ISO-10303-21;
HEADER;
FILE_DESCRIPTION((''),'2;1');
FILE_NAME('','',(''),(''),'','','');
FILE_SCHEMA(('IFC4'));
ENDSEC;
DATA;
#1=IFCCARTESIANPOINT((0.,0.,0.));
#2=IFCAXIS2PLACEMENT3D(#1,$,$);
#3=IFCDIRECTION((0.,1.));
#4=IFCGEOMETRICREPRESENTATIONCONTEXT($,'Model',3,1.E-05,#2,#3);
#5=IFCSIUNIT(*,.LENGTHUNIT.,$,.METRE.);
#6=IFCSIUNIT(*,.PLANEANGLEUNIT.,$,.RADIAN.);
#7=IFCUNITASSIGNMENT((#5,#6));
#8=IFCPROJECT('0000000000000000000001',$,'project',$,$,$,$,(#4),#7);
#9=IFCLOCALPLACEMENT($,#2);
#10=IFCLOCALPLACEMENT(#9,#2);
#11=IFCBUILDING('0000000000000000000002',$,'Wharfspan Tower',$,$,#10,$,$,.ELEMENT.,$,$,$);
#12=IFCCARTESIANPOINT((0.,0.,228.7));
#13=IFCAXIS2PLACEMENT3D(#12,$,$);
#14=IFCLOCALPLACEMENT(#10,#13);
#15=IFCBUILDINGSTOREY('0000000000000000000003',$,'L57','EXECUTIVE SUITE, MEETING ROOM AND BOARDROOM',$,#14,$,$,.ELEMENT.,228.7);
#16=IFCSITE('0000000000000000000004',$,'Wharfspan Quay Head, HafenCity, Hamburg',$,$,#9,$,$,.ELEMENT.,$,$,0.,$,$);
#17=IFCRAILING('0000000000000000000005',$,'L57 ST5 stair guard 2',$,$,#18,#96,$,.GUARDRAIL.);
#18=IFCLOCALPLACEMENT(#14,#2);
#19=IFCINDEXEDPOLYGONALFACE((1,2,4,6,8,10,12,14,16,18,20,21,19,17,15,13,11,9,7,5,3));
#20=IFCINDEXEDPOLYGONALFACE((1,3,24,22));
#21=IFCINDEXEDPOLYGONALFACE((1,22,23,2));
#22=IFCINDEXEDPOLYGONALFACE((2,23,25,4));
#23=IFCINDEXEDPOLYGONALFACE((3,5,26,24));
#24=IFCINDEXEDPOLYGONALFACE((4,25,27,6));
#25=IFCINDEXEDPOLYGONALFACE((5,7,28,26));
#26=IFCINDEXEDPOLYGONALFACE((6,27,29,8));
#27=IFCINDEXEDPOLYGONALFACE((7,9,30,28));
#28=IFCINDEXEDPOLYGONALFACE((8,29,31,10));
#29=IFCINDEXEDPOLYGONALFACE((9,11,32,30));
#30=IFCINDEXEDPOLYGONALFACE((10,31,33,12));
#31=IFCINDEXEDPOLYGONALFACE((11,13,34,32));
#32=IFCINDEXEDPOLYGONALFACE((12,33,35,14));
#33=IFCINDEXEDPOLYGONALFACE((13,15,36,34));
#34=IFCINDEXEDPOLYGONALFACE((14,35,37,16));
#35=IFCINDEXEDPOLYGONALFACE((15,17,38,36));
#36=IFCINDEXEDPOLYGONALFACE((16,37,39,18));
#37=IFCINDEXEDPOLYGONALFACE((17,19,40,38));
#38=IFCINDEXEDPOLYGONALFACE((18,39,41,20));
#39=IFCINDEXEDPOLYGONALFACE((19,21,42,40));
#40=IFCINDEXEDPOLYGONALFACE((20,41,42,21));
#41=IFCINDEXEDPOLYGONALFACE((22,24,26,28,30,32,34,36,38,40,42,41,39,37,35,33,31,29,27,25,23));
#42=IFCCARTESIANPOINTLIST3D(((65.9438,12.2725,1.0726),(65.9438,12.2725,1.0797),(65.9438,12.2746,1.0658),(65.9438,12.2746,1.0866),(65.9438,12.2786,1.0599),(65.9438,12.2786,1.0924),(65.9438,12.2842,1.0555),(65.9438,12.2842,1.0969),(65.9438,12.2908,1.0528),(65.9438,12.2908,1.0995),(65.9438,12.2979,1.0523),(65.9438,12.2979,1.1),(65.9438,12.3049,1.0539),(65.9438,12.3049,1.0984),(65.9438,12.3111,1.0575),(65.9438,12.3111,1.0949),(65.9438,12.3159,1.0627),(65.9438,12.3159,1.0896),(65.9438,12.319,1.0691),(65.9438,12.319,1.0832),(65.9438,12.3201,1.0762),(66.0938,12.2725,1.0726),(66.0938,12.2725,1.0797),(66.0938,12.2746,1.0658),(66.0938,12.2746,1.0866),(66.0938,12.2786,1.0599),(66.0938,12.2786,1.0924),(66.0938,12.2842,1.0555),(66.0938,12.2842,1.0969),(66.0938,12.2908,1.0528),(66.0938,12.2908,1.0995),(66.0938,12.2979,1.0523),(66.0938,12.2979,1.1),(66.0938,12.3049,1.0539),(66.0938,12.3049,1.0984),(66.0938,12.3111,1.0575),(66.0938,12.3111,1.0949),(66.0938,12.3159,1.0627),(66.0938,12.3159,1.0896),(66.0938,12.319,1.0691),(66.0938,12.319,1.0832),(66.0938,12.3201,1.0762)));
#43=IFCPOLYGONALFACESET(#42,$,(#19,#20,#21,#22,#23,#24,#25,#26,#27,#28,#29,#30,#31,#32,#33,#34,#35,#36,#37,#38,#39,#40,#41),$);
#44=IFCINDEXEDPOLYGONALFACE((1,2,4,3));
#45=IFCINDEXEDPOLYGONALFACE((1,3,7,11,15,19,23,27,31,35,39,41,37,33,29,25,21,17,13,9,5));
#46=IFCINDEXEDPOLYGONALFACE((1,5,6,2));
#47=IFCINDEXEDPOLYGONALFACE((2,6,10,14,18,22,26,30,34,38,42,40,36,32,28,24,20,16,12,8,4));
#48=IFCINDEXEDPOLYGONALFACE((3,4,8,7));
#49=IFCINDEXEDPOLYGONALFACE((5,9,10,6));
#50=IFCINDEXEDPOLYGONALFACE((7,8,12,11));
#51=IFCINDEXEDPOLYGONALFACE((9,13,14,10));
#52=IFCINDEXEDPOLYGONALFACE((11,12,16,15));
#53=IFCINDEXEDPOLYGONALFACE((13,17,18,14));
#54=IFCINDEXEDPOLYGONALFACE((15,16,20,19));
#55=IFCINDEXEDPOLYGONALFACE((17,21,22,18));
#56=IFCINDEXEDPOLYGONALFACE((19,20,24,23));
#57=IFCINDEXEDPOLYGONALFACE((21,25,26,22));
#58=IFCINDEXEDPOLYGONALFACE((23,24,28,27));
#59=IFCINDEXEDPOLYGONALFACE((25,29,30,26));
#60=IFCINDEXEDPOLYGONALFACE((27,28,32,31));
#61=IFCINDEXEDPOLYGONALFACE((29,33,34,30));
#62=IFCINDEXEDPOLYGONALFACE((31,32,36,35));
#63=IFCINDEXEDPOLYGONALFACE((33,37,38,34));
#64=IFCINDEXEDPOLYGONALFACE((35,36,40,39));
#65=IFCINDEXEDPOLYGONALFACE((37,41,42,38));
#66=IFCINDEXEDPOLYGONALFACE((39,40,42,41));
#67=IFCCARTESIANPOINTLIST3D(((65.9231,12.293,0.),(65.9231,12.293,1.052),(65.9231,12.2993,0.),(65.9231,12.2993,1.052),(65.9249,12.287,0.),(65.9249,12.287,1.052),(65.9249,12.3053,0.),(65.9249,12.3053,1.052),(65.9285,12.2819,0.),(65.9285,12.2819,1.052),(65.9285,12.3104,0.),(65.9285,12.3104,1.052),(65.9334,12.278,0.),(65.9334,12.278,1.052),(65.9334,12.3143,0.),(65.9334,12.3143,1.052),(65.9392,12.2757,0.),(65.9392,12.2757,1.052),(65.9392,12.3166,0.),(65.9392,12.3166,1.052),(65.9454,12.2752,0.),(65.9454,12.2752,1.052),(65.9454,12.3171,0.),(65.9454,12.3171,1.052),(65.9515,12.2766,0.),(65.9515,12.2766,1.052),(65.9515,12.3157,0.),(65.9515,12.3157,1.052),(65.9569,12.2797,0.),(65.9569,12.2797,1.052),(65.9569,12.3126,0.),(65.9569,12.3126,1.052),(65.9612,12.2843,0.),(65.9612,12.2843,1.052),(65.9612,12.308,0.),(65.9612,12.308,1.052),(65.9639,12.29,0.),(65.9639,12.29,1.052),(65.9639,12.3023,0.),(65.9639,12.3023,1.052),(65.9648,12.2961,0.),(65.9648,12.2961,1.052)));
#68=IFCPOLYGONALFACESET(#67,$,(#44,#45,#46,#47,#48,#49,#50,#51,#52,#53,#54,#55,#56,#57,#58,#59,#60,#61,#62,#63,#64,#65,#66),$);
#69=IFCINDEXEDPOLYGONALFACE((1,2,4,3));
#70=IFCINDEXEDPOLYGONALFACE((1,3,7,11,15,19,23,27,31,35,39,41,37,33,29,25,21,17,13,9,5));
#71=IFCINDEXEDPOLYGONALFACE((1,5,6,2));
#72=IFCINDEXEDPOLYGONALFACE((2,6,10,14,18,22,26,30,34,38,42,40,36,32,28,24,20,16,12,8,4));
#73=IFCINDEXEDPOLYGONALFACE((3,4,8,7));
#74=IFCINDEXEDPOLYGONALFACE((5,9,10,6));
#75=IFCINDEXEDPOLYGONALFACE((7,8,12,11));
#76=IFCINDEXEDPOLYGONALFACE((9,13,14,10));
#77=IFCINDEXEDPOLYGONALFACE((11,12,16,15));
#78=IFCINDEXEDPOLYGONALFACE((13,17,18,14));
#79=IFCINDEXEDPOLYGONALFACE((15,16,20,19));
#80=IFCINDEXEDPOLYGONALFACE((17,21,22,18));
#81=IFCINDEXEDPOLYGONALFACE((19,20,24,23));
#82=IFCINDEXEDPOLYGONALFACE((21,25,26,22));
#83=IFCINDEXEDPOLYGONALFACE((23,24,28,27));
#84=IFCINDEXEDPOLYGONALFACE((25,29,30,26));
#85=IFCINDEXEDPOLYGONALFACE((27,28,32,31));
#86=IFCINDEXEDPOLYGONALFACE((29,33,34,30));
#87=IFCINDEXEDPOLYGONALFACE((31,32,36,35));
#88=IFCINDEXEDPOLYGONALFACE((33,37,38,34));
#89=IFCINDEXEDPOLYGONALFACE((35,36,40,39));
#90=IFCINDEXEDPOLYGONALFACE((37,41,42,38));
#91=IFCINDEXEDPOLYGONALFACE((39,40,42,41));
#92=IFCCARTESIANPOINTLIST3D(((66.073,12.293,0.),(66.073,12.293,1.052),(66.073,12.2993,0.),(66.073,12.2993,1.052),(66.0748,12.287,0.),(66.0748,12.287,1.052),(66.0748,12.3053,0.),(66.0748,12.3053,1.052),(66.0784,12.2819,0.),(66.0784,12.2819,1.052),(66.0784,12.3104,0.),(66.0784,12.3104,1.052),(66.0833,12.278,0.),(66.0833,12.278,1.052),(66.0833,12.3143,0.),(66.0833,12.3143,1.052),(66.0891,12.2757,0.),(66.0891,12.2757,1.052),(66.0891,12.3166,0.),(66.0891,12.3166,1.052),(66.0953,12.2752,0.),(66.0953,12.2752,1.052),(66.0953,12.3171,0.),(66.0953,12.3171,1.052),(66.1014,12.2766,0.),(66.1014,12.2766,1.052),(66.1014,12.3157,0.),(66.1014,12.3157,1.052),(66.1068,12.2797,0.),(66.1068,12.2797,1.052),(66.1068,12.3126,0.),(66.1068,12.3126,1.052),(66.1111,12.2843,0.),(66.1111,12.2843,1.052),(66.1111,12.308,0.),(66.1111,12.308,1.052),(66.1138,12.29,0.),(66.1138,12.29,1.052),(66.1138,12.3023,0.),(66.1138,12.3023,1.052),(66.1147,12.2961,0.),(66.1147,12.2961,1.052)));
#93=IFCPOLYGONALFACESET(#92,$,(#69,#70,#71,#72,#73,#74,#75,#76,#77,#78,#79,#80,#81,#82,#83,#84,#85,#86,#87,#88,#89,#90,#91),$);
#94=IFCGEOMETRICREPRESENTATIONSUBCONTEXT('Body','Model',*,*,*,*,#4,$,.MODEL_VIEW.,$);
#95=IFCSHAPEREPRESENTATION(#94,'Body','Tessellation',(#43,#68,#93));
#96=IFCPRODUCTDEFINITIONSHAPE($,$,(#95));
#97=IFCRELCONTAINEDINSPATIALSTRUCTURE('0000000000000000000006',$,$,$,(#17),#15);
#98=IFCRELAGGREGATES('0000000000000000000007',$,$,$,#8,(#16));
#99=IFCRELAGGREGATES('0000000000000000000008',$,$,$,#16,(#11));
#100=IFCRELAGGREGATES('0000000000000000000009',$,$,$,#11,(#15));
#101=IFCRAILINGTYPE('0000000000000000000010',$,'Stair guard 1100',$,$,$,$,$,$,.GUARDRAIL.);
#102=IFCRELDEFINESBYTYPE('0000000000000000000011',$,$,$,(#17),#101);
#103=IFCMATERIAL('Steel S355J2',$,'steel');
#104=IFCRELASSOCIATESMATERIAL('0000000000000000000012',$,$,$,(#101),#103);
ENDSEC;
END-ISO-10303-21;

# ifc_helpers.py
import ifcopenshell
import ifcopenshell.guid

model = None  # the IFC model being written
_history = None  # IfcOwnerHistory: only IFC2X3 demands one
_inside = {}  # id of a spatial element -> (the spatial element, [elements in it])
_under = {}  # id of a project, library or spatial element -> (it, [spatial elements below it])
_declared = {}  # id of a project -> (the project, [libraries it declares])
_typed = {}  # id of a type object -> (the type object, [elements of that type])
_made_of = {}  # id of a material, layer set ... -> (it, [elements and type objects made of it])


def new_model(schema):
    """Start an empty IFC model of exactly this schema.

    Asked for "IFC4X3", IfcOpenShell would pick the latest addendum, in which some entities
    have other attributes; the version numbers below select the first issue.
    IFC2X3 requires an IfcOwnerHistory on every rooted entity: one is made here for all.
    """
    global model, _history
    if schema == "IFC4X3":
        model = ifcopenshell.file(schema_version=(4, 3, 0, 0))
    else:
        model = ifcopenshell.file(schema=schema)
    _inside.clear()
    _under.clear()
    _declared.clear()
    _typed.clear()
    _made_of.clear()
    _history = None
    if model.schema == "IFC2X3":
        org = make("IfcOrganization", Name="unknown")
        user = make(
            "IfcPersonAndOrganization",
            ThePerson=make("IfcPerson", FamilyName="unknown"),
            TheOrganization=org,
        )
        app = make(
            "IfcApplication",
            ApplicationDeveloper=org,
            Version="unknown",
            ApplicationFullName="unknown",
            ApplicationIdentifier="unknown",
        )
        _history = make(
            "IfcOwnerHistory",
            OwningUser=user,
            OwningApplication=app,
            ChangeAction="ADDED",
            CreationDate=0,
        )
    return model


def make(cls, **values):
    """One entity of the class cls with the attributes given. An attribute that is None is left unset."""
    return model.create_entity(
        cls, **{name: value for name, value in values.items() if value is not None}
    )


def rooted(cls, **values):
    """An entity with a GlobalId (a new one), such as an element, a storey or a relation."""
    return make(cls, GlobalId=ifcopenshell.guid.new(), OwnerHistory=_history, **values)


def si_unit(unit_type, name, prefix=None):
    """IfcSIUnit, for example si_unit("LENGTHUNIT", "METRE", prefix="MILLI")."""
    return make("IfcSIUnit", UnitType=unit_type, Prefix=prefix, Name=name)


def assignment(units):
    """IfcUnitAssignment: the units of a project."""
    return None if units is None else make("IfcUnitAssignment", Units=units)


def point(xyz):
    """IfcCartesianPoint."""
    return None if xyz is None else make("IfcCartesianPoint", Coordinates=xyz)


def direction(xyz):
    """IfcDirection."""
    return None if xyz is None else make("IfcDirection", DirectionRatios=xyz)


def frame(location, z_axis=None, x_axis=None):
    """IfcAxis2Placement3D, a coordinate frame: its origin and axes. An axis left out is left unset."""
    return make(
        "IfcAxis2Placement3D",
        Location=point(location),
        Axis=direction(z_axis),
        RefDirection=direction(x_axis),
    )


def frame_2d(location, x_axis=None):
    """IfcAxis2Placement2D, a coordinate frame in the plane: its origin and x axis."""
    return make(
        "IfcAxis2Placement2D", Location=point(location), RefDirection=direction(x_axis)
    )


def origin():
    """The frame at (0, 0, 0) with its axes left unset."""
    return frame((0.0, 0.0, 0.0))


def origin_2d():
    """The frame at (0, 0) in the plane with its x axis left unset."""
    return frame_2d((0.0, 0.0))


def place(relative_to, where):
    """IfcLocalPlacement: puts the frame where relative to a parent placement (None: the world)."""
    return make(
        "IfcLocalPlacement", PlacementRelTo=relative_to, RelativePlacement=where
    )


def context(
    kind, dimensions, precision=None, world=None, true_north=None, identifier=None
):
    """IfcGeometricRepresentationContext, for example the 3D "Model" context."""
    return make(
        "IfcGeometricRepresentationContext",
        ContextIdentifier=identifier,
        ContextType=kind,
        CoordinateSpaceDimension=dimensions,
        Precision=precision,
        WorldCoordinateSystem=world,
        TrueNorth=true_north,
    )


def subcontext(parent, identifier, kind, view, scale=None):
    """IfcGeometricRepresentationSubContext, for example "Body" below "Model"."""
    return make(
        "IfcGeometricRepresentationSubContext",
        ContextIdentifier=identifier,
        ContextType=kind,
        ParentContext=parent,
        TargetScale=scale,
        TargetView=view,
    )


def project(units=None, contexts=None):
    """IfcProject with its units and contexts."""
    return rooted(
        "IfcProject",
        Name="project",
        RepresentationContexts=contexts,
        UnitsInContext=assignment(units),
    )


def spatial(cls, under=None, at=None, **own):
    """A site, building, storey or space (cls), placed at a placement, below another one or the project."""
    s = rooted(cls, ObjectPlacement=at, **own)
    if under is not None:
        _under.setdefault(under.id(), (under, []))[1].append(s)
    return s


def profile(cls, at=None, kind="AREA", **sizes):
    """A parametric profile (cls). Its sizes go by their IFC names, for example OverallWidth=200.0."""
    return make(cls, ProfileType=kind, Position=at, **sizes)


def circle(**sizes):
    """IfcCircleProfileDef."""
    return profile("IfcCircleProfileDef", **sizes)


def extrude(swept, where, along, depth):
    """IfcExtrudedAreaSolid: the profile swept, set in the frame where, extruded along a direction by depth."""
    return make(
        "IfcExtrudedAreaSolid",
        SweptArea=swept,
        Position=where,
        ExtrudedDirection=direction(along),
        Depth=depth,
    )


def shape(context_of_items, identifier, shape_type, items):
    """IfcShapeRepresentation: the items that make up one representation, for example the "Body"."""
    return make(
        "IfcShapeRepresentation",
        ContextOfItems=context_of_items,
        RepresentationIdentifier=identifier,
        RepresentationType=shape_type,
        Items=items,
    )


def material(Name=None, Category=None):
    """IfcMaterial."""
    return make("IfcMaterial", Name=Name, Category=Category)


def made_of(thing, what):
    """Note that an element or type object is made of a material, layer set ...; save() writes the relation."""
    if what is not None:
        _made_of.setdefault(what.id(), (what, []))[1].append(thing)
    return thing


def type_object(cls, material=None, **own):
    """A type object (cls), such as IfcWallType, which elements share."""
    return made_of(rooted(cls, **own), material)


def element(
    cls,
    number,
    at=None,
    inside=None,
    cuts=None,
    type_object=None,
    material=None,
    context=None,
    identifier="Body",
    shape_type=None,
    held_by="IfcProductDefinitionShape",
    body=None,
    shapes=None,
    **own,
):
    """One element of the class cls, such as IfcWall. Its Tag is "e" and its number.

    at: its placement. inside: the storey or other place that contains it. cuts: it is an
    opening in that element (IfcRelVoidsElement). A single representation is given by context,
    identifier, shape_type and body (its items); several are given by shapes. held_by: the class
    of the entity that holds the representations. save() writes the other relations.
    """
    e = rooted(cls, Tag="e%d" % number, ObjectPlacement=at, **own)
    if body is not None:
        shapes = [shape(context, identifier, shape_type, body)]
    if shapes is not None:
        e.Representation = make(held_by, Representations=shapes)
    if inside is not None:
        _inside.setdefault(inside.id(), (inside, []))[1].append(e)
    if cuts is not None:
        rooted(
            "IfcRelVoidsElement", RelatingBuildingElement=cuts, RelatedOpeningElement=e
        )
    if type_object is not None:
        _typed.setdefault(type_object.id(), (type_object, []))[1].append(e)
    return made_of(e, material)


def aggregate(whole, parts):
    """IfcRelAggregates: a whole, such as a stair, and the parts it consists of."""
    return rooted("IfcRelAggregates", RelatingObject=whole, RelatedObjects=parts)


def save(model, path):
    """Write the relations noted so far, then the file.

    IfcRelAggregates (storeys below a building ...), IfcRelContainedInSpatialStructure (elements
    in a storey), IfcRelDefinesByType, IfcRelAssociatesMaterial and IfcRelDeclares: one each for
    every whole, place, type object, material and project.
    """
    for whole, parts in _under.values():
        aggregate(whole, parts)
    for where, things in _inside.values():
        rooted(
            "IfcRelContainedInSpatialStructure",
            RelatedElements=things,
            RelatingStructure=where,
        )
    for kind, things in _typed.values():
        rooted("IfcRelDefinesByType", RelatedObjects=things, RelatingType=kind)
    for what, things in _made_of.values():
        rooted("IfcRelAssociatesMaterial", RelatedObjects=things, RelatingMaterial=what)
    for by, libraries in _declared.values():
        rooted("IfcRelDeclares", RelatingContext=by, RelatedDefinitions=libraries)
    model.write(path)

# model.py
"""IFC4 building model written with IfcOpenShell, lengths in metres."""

from ifc_helpers import new_model, si_unit, direction, frame, origin, origin_2d, place, context, subcontext, project, spatial, circle, extrude, material, type_object, element, save


model = new_model("IFC4")

# Units and contexts
model_context = context("Model", 3, precision=1e-05, world=origin(), true_north=direction((0.0, 1.0)))
body_context = subcontext(model_context, "Body", "Model", "MODEL_VIEW")
ifc_project = project(units=[si_unit("LENGTHUNIT", "METRE"), si_unit("PLANEANGLEUNIT", "RADIAN")], contexts=[model_context])

# Site, building, storey
site_placement = place(None, origin())
site = spatial("IfcSite", under=ifc_project, at=site_placement, Name="Wharfspan Quay Head, HafenCity, Hamburg", CompositionType="ELEMENT", RefElevation=0.0)
building_placement = place(site_placement, origin())
building = spatial("IfcBuilding", under=site, at=building_placement, Name="Wharfspan Tower", CompositionType="ELEMENT")
storey_placement = place(building_placement, frame((0.0, 0.0, 228.7)))
storey = spatial("IfcBuildingStorey", under=building, at=storey_placement, Name="L57", Description="EXECUTIVE SUITE, MEETING ROOM AND BOARDROOM", CompositionType="ELEMENT", Elevation=228.7)

# Shared definitions
ifc_material_1 = material(Name="Steel S355J2", Category="steel")

# Railing
railing_type_1 = type_object("IfcRailingType", Name="Stair guard 1100", PredefinedType="GUARDRAIL", material=ifc_material_1)
railing_1_placement = place(storey_placement, frame((65.9438, 12.2961, 0.0)))
element("IfcRailing", 1, at=railing_1_placement, inside=storey, type_object=railing_type_1, Name="L57 ST5 stair guard 2", PredefinedType="GUARDRAIL", context=body_context, shape_type="SweptSolid", body=[
    extrude(circle(Radius=0.0239, at=origin_2d()), frame((0.0, 0.0, 1.0762), z_axis=(1.0, 0.0, 0.0), x_axis=(0.0, 1.0, 0.0)), (0.0, 0.0, 1.0), 0.1499),
    extrude(circle(Radius=0.021, at=origin_2d()), origin(), (0.0, 0.0, 1.0), 1.052),
    extrude(circle(Radius=0.021, at=origin_2d()), frame((0.1499, 0.0, 0.0)), (0.0, 0.0, 1.0), 1.052),
])

save(model, "model.ifc")
